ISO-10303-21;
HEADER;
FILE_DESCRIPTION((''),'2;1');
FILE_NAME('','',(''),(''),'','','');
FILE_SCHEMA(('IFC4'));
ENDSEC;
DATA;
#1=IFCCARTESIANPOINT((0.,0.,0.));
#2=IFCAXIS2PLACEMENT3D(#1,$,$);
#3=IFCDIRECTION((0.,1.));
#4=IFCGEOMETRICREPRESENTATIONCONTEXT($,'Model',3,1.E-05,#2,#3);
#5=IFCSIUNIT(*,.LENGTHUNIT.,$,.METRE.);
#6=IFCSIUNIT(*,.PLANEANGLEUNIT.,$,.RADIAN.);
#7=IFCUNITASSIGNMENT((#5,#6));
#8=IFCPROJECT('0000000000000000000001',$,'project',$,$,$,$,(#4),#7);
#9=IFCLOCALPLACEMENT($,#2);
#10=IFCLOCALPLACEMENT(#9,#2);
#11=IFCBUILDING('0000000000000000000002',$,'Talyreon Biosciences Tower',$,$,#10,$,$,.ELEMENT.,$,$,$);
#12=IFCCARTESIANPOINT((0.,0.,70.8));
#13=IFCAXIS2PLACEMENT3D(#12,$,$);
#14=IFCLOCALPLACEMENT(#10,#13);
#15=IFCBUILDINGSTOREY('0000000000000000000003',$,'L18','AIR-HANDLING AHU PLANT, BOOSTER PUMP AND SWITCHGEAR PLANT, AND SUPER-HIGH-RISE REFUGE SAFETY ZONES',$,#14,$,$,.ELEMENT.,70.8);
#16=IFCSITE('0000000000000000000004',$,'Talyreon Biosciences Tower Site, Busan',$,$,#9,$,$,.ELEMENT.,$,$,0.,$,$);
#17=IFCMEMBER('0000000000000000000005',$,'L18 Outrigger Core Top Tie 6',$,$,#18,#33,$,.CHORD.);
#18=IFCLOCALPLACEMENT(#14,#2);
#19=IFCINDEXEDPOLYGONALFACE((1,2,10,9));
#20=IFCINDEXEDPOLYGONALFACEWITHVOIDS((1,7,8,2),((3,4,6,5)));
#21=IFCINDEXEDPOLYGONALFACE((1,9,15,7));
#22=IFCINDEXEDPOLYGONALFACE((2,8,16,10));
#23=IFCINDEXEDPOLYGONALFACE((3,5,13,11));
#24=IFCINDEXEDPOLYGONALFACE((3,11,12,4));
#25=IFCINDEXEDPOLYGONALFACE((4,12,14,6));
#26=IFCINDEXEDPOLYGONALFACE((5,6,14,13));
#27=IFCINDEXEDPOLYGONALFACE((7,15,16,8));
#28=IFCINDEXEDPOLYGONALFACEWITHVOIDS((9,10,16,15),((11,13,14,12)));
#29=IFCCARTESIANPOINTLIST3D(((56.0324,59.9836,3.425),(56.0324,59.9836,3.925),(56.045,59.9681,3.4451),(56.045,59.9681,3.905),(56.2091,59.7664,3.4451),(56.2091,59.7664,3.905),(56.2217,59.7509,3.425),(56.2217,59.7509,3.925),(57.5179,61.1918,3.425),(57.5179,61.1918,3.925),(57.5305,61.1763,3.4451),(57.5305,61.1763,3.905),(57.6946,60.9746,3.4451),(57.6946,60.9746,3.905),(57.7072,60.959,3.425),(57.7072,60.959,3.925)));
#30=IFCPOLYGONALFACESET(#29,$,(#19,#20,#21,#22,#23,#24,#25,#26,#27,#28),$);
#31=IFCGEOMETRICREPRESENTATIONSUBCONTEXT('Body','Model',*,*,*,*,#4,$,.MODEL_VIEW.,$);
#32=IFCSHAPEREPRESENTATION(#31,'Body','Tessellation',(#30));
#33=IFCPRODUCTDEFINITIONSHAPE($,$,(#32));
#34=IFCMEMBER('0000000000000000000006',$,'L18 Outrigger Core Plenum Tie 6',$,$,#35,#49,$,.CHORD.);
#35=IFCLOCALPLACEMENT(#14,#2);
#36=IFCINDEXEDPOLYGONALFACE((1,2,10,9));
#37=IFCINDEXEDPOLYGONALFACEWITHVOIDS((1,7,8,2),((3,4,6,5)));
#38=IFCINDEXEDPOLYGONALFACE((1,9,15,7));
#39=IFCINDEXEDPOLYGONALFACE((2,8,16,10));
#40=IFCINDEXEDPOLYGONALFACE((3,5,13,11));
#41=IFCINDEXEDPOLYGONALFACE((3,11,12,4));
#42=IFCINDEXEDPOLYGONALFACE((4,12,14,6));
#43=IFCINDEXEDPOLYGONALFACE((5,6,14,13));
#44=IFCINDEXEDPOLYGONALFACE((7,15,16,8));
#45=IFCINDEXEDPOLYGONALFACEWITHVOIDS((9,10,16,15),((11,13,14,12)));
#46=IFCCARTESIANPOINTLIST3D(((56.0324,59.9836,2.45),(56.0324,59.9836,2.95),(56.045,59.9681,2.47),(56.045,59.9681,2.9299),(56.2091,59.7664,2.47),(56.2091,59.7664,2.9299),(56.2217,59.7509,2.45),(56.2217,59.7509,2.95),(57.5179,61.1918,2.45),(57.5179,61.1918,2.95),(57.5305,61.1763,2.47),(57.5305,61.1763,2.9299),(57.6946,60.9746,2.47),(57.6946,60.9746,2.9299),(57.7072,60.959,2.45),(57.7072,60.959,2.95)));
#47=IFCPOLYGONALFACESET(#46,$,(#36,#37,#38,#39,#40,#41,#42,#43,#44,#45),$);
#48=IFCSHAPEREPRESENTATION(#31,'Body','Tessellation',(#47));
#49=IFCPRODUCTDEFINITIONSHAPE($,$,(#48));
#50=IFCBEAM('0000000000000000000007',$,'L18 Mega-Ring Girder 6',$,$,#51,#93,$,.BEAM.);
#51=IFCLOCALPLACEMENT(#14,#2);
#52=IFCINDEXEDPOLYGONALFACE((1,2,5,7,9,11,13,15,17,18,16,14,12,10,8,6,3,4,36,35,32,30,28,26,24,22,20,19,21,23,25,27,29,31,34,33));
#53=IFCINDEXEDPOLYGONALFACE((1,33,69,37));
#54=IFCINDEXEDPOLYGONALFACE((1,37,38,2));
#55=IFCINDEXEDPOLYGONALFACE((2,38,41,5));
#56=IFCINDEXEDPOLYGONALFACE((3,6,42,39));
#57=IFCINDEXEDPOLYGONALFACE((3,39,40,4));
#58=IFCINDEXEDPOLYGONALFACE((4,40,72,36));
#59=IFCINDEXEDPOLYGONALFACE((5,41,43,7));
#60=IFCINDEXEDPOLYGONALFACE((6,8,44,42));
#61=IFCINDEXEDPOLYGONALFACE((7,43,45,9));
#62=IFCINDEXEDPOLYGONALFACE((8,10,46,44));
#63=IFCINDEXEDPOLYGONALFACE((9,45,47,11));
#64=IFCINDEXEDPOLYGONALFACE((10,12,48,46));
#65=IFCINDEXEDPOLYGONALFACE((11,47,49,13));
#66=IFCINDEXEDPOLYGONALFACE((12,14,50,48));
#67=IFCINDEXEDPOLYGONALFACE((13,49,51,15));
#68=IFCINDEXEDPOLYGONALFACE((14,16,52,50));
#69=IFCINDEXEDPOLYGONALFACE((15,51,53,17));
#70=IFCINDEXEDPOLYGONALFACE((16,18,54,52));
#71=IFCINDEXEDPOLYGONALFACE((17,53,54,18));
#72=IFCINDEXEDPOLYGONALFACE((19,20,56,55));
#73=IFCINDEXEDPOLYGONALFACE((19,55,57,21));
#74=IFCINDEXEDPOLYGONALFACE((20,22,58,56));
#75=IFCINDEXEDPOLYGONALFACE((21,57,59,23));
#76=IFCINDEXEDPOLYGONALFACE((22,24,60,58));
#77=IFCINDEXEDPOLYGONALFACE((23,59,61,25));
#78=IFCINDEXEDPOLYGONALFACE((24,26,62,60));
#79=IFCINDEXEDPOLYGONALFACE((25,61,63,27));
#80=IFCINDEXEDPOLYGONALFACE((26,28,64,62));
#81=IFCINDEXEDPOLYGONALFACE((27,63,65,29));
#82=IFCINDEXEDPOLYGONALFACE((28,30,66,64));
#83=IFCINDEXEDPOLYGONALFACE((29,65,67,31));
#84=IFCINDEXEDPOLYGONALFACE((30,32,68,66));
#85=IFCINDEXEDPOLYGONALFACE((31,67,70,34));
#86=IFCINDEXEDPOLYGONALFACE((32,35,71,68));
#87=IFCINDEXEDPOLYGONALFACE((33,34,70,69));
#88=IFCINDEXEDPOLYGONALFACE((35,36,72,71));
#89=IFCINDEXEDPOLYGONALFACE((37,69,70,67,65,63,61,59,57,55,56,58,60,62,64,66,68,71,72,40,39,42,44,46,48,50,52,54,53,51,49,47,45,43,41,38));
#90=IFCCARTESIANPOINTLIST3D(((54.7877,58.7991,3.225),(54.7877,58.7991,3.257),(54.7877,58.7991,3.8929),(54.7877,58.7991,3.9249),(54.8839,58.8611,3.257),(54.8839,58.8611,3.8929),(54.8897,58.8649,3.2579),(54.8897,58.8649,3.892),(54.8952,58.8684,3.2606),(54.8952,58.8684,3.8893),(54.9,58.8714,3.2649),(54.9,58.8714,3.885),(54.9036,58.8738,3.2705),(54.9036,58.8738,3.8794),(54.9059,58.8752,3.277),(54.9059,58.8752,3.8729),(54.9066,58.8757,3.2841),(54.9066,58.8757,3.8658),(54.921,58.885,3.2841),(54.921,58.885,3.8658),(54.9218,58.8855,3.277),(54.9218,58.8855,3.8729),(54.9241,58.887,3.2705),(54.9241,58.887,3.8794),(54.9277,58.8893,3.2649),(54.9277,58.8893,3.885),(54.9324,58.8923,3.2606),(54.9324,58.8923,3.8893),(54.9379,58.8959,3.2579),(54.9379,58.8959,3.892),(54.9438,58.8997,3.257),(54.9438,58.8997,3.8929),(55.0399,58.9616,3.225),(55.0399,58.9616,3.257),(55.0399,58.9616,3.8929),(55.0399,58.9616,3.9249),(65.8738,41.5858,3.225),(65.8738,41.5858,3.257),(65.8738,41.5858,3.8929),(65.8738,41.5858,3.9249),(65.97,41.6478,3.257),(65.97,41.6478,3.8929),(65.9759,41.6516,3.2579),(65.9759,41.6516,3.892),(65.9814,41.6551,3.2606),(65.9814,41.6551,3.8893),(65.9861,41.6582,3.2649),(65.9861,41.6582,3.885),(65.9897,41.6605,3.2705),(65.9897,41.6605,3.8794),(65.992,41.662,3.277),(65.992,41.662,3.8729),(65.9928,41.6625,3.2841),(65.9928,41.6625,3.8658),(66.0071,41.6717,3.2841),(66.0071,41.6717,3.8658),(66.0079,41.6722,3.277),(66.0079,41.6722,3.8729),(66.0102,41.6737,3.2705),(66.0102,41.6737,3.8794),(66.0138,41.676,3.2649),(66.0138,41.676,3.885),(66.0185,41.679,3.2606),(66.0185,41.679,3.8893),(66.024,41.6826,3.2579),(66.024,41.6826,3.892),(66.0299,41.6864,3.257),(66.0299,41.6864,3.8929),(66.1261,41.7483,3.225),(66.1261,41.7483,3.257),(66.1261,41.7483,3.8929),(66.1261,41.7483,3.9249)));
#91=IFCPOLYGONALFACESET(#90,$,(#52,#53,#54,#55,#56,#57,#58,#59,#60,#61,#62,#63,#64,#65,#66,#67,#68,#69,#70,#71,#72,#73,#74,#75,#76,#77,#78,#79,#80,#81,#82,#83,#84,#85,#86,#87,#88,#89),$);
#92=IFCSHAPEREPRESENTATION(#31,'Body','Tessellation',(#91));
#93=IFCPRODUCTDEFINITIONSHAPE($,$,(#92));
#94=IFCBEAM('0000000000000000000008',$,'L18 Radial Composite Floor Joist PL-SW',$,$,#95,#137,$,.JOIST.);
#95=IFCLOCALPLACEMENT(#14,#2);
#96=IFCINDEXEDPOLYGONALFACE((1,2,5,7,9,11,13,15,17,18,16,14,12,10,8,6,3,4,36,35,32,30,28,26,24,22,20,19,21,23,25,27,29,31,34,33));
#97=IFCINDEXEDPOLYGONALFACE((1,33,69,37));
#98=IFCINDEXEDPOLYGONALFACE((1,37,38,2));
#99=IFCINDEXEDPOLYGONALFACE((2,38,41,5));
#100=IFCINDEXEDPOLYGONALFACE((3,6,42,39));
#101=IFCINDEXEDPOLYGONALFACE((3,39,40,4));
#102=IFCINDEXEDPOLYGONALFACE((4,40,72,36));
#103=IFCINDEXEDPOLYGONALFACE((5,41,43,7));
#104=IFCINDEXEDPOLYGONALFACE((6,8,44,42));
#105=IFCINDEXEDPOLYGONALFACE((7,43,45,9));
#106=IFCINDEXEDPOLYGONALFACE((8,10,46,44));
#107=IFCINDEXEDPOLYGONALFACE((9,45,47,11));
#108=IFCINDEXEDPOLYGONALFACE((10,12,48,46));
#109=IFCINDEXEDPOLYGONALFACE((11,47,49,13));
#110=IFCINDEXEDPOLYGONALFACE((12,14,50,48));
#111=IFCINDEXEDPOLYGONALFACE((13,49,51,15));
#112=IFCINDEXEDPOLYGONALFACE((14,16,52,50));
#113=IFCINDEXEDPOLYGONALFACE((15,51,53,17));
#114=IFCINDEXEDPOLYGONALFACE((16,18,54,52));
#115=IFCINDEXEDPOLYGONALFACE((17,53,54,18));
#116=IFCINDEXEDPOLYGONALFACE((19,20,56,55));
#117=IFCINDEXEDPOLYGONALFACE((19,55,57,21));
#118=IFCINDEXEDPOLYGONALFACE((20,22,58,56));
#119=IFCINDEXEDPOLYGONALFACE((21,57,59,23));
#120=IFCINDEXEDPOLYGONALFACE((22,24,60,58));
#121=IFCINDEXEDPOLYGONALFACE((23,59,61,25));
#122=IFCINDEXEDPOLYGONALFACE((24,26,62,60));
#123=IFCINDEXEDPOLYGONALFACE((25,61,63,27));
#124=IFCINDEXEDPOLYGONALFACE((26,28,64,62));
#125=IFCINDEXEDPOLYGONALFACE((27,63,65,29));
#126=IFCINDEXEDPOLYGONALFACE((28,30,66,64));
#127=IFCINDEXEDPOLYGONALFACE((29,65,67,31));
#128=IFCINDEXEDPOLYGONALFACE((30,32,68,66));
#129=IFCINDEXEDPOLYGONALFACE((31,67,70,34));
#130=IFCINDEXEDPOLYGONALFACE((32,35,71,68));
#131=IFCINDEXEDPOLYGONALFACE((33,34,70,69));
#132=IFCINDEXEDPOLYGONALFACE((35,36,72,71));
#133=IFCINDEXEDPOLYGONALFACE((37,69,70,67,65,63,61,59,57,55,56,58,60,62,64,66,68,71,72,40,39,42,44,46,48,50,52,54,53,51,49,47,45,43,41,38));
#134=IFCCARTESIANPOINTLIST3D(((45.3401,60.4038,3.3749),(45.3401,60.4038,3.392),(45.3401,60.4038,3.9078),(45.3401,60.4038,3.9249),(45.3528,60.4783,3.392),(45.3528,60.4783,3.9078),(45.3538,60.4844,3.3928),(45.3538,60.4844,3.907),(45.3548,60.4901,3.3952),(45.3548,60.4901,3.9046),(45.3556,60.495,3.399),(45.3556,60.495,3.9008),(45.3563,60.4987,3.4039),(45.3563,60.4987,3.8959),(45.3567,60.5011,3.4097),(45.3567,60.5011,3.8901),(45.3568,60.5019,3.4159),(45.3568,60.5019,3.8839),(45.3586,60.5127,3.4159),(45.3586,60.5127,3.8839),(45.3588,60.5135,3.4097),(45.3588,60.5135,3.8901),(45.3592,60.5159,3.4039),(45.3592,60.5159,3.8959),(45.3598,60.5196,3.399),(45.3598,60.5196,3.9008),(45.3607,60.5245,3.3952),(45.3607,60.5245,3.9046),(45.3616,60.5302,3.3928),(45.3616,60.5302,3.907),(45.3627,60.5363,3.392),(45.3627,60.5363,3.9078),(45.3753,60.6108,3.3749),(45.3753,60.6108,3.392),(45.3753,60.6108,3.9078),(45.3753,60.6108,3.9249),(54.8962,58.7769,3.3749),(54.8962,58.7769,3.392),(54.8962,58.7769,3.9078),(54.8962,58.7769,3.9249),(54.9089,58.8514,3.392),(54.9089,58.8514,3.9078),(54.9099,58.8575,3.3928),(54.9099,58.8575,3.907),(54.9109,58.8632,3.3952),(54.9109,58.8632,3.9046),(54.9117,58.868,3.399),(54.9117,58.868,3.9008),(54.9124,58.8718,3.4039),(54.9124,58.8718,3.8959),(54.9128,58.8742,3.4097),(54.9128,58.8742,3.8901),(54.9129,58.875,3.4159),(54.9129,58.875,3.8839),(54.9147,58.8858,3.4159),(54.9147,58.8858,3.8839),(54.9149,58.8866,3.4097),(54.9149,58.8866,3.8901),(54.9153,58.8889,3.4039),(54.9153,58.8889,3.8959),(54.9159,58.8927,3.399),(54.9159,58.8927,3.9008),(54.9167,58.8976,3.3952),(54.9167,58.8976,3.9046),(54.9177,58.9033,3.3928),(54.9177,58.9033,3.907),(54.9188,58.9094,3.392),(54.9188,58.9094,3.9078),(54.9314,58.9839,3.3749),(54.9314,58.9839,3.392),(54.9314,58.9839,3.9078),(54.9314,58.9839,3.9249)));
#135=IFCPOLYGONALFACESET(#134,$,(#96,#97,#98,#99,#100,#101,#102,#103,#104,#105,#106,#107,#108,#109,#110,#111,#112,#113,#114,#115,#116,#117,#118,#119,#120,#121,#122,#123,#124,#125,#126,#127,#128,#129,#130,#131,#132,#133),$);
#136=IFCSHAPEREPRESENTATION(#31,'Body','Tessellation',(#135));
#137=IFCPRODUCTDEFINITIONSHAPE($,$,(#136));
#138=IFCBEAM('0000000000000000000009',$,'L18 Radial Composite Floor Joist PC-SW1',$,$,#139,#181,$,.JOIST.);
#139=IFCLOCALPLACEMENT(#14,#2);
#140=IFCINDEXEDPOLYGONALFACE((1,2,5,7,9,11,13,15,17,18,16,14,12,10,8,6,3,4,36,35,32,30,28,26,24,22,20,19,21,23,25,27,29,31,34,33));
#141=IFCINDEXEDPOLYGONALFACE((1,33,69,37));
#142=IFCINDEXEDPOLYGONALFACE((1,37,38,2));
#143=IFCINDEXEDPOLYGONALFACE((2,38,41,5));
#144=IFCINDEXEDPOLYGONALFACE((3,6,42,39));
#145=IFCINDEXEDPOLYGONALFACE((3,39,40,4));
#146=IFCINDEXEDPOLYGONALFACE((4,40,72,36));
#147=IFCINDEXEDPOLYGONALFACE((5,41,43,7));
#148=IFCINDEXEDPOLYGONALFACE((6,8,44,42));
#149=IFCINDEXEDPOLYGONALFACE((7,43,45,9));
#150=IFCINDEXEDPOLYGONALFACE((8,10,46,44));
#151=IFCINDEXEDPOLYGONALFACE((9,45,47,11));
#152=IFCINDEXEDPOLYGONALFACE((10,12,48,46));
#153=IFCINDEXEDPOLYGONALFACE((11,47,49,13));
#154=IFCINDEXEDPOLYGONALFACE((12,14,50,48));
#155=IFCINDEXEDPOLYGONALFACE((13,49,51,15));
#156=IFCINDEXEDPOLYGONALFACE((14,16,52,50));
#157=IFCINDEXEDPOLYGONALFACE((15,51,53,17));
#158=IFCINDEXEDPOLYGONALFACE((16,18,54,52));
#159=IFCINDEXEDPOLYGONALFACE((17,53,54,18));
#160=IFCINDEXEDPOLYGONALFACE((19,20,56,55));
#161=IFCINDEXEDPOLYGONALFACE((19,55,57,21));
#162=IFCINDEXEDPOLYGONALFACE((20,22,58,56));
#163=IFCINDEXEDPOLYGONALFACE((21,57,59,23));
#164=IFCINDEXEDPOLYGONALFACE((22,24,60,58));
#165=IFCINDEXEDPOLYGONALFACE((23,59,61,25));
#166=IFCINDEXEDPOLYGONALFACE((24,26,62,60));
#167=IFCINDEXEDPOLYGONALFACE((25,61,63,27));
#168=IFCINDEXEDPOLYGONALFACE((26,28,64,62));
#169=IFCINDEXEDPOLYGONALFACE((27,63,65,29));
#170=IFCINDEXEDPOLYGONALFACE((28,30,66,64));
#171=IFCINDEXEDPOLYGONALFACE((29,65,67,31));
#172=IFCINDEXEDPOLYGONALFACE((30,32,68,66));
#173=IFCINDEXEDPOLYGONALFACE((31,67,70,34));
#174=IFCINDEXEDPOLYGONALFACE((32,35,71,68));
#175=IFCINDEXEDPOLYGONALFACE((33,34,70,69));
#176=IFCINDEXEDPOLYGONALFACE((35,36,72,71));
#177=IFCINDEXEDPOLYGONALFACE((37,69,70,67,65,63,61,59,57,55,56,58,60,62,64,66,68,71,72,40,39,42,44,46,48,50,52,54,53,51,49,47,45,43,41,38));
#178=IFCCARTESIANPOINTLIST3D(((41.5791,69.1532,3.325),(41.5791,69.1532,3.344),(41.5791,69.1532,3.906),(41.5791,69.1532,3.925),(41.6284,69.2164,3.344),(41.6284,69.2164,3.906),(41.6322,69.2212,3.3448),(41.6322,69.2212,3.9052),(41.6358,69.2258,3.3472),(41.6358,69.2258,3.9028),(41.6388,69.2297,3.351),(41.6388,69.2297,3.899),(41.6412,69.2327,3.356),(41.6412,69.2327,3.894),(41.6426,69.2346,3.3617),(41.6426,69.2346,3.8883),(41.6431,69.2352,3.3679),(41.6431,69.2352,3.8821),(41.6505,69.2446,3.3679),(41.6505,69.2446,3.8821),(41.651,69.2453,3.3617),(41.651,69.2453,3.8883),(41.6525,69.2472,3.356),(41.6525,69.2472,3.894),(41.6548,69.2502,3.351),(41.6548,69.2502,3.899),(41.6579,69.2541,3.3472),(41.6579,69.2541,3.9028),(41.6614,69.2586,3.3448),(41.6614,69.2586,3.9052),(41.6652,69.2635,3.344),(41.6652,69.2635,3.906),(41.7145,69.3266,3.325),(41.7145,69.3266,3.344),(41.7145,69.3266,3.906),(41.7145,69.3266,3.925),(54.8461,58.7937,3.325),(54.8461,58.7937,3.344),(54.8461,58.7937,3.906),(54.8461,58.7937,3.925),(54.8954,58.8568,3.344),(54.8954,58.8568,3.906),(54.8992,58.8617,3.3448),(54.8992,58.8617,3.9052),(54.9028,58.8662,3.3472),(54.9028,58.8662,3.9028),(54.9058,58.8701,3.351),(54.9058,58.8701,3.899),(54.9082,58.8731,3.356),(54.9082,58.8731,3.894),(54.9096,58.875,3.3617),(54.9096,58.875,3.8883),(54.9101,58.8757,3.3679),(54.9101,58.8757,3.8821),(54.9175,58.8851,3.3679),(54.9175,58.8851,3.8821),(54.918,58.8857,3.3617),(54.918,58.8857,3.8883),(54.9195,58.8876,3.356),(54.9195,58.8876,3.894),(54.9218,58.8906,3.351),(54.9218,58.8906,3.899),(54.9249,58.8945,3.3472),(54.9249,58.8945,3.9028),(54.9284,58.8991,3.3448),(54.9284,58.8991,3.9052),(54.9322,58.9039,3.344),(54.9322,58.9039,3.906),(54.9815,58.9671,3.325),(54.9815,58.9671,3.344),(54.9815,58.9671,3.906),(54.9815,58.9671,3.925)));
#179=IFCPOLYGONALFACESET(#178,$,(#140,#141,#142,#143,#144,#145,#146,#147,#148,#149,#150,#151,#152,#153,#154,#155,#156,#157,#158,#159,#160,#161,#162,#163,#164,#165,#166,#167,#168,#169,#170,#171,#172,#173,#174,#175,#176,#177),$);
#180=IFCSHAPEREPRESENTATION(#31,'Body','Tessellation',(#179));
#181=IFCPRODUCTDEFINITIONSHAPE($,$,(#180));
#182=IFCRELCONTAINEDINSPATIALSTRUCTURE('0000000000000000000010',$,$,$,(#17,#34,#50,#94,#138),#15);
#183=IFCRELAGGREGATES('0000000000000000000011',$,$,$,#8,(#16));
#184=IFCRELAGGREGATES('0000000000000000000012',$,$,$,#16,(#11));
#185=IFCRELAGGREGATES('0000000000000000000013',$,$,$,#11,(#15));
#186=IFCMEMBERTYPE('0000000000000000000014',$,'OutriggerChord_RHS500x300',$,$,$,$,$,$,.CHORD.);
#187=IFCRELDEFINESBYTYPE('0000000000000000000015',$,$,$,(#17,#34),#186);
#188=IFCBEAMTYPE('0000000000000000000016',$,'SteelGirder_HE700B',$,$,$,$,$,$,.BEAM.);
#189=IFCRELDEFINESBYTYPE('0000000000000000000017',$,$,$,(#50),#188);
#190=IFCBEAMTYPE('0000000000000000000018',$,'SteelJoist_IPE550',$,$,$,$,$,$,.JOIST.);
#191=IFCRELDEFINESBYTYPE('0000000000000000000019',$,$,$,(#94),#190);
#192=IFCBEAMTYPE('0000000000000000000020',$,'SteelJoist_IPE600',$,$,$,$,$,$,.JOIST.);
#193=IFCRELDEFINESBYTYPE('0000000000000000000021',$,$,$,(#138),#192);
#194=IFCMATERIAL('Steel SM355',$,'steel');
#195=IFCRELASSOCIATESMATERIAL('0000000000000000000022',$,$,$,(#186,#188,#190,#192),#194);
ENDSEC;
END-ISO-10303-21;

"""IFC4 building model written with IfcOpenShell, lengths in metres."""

from ifc_helpers import new_model, si_unit, direction, frame, origin, origin_2d, place, context, subcontext, project, spatial, hollow_rectangle, i_section, extrude, material, material_profile, profile_set, type_object, element, save


model = new_model("IFC4")

# Units and contexts
model_context = context("Model", 3, precision=1e-05, world=origin(), true_north=direction((0.0, 1.0)))
body_context = subcontext(model_context, "Body", "Model", "MODEL_VIEW")
ifc_project = project(units=[si_unit("LENGTHUNIT", "METRE"), si_unit("PLANEANGLEUNIT", "RADIAN")], contexts=[model_context])

# Site, building, storey
site_placement = place(None, origin())
site = spatial("IfcSite", under=ifc_project, at=site_placement, Name="Talyreon Biosciences Tower Site, Busan", CompositionType="ELEMENT", RefElevation=0.0)
building_placement = place(site_placement, origin())
building = spatial("IfcBuilding", under=site, at=building_placement, Name="Talyreon Biosciences Tower", CompositionType="ELEMENT")
storey_placement = place(building_placement, frame((0.0, 0.0, 70.8)))
storey = spatial("IfcBuildingStorey", under=building, at=storey_placement, Name="L18", Description="AIR-HANDLING AHU PLANT, BOOSTER PUMP AND SWITCHGEAR PLANT, AND SUPER-HIGH-RISE REFUGE SAFETY ZONES", CompositionType="ELEMENT", Elevation=70.8)

# Shared definitions
ifc_material_1 = material(Name="Steel SM355", Category="steel")

# Members
ifc_material_profile_1 = material_profile(ifc_material_1, hollow_rectangle(XDim=0.3, YDim=0.5, WallThickness=0.02, at=origin_2d()), Name="RHS 500x300x20")
ifc_profile_set_1 = profile_set([ifc_material_profile_1], Name="Steel SM355")
member_type_1 = type_object("IfcMemberType", Name="OutriggerChord_RHS500x300", PredefinedType="CHORD", material=ifc_profile_set_1)
for number, where, z_axis, x_axis, name in (
    (1, (57.6125, 61.0754, 3.675), (-0.775806, -0.630972, 0.0), (0.630972, -0.775806, 0.0), "L18 Outrigger Core Top Tie 6"),
    (2, (57.6125, 61.0754, 2.7), (-0.775806, -0.630972, 0.0), (0.630972, -0.775806, 0.0), "L18 Outrigger Core Plenum Tie 6"),
):
    element("IfcMember", number, at=place(storey_placement, frame(where, z_axis=z_axis, x_axis=x_axis)), inside=storey, type_object=member_type_1, Name=name, PredefinedType="CHORD", context=body_context, shape_type="SweptSolid", body=[
        extrude(hollow_rectangle(XDim=0.3, YDim=0.5, WallThickness=0.02, at=origin_2d()), origin(), (0.0, 0.0, 1.0), 1.9148),
    ])

# Beams
ifc_material_profile_2 = material_profile(ifc_material_1, i_section(OverallWidth=0.3, OverallDepth=0.7, WebThickness=0.0171, FlangeThickness=0.032, FilletRadius=0.0271, at=origin_2d()), Name="HE700B")
ifc_profile_set_2 = profile_set([ifc_material_profile_2], Name="Steel SM355")
beam_type_1 = type_object("IfcBeamType", Name="SteelGirder_HE700B", PredefinedType="BEAM", material=ifc_profile_set_2)
beam_1_placement = place(storey_placement, frame((54.9138, 58.8804, 3.575), z_axis=(0.541464, -0.840724, 0.0), x_axis=(0.840724, 0.541464, 0.0)))
element("IfcBeam", 3, at=beam_1_placement, inside=storey, type_object=beam_type_1, Name="L18 Mega-Ring Girder 6", PredefinedType="BEAM", context=body_context, shape_type="SweptSolid", body=[
    extrude(i_section(OverallWidth=0.3, OverallDepth=0.7, WebThickness=0.0171, FlangeThickness=0.032, FilletRadius=0.0271, at=origin_2d()), origin(), (0.0, 0.0, 1.0), 20.4744),
])
ifc_material_profile_3 = material_profile(ifc_material_1, i_section(OverallWidth=0.21, OverallDepth=0.55, WebThickness=0.011, FlangeThickness=0.0171, FilletRadius=0.0239, at=origin_2d()), Name="IPE550")
ifc_profile_set_3 = profile_set([ifc_material_profile_3], Name="Steel SM355")
beam_type_2 = type_object("IfcBeamType", Name="SteelJoist_IPE550", PredefinedType="JOIST", material=ifc_profile_set_3)
beam_2_placement = place(storey_placement, frame((54.9138, 58.8804, 3.6499), z_axis=(-0.985815, 0.167837, 0.0), x_axis=(-0.167837, -0.985815, 0.0)))
element("IfcBeam", 4, at=beam_2_placement, inside=storey, type_object=beam_type_2, Name="L18 Radial Composite Floor Joist PL-SW", PredefinedType="JOIST", context=body_context, shape_type="SweptSolid", body=[
    extrude(i_section(OverallWidth=0.21, OverallDepth=0.55, WebThickness=0.011, FlangeThickness=0.0171, FilletRadius=0.0239, at=origin_2d()), origin(), (0.0, 0.0, 1.0), 9.6936),
])
ifc_material_profile_4 = material_profile(ifc_material_1, i_section(OverallWidth=0.22, OverallDepth=0.6001, WebThickness=0.012, FlangeThickness=0.019, FilletRadius=0.0239, at=origin_2d()), Name="IPE600")
ifc_profile_set_4 = profile_set([ifc_material_profile_4], Name="Steel SM355")
beam_type_3 = type_object("IfcBeamType", Name="SteelJoist_IPE600", PredefinedType="JOIST", material=ifc_profile_set_4)
beam_3_placement = place(storey_placement, frame((54.9138, 58.8804, 3.625), z_axis=(-0.788177, 0.615449, 0.0), x_axis=(-0.615449, -0.788177, 0.0)))
element("IfcBeam", 5, at=beam_3_placement, inside=storey, type_object=beam_type_3, Name="L18 Radial Composite Floor Joist PC-SW1", PredefinedType="JOIST", context=body_context, shape_type="SweptSolid", body=[
    extrude(i_section(OverallWidth=0.22, OverallDepth=0.6001, WebThickness=0.012, FlangeThickness=0.019, FilletRadius=0.0239, at=origin_2d()), origin(), (0.0, 0.0, 1.0), 16.8325),
])

save(model, "model.ifc")
